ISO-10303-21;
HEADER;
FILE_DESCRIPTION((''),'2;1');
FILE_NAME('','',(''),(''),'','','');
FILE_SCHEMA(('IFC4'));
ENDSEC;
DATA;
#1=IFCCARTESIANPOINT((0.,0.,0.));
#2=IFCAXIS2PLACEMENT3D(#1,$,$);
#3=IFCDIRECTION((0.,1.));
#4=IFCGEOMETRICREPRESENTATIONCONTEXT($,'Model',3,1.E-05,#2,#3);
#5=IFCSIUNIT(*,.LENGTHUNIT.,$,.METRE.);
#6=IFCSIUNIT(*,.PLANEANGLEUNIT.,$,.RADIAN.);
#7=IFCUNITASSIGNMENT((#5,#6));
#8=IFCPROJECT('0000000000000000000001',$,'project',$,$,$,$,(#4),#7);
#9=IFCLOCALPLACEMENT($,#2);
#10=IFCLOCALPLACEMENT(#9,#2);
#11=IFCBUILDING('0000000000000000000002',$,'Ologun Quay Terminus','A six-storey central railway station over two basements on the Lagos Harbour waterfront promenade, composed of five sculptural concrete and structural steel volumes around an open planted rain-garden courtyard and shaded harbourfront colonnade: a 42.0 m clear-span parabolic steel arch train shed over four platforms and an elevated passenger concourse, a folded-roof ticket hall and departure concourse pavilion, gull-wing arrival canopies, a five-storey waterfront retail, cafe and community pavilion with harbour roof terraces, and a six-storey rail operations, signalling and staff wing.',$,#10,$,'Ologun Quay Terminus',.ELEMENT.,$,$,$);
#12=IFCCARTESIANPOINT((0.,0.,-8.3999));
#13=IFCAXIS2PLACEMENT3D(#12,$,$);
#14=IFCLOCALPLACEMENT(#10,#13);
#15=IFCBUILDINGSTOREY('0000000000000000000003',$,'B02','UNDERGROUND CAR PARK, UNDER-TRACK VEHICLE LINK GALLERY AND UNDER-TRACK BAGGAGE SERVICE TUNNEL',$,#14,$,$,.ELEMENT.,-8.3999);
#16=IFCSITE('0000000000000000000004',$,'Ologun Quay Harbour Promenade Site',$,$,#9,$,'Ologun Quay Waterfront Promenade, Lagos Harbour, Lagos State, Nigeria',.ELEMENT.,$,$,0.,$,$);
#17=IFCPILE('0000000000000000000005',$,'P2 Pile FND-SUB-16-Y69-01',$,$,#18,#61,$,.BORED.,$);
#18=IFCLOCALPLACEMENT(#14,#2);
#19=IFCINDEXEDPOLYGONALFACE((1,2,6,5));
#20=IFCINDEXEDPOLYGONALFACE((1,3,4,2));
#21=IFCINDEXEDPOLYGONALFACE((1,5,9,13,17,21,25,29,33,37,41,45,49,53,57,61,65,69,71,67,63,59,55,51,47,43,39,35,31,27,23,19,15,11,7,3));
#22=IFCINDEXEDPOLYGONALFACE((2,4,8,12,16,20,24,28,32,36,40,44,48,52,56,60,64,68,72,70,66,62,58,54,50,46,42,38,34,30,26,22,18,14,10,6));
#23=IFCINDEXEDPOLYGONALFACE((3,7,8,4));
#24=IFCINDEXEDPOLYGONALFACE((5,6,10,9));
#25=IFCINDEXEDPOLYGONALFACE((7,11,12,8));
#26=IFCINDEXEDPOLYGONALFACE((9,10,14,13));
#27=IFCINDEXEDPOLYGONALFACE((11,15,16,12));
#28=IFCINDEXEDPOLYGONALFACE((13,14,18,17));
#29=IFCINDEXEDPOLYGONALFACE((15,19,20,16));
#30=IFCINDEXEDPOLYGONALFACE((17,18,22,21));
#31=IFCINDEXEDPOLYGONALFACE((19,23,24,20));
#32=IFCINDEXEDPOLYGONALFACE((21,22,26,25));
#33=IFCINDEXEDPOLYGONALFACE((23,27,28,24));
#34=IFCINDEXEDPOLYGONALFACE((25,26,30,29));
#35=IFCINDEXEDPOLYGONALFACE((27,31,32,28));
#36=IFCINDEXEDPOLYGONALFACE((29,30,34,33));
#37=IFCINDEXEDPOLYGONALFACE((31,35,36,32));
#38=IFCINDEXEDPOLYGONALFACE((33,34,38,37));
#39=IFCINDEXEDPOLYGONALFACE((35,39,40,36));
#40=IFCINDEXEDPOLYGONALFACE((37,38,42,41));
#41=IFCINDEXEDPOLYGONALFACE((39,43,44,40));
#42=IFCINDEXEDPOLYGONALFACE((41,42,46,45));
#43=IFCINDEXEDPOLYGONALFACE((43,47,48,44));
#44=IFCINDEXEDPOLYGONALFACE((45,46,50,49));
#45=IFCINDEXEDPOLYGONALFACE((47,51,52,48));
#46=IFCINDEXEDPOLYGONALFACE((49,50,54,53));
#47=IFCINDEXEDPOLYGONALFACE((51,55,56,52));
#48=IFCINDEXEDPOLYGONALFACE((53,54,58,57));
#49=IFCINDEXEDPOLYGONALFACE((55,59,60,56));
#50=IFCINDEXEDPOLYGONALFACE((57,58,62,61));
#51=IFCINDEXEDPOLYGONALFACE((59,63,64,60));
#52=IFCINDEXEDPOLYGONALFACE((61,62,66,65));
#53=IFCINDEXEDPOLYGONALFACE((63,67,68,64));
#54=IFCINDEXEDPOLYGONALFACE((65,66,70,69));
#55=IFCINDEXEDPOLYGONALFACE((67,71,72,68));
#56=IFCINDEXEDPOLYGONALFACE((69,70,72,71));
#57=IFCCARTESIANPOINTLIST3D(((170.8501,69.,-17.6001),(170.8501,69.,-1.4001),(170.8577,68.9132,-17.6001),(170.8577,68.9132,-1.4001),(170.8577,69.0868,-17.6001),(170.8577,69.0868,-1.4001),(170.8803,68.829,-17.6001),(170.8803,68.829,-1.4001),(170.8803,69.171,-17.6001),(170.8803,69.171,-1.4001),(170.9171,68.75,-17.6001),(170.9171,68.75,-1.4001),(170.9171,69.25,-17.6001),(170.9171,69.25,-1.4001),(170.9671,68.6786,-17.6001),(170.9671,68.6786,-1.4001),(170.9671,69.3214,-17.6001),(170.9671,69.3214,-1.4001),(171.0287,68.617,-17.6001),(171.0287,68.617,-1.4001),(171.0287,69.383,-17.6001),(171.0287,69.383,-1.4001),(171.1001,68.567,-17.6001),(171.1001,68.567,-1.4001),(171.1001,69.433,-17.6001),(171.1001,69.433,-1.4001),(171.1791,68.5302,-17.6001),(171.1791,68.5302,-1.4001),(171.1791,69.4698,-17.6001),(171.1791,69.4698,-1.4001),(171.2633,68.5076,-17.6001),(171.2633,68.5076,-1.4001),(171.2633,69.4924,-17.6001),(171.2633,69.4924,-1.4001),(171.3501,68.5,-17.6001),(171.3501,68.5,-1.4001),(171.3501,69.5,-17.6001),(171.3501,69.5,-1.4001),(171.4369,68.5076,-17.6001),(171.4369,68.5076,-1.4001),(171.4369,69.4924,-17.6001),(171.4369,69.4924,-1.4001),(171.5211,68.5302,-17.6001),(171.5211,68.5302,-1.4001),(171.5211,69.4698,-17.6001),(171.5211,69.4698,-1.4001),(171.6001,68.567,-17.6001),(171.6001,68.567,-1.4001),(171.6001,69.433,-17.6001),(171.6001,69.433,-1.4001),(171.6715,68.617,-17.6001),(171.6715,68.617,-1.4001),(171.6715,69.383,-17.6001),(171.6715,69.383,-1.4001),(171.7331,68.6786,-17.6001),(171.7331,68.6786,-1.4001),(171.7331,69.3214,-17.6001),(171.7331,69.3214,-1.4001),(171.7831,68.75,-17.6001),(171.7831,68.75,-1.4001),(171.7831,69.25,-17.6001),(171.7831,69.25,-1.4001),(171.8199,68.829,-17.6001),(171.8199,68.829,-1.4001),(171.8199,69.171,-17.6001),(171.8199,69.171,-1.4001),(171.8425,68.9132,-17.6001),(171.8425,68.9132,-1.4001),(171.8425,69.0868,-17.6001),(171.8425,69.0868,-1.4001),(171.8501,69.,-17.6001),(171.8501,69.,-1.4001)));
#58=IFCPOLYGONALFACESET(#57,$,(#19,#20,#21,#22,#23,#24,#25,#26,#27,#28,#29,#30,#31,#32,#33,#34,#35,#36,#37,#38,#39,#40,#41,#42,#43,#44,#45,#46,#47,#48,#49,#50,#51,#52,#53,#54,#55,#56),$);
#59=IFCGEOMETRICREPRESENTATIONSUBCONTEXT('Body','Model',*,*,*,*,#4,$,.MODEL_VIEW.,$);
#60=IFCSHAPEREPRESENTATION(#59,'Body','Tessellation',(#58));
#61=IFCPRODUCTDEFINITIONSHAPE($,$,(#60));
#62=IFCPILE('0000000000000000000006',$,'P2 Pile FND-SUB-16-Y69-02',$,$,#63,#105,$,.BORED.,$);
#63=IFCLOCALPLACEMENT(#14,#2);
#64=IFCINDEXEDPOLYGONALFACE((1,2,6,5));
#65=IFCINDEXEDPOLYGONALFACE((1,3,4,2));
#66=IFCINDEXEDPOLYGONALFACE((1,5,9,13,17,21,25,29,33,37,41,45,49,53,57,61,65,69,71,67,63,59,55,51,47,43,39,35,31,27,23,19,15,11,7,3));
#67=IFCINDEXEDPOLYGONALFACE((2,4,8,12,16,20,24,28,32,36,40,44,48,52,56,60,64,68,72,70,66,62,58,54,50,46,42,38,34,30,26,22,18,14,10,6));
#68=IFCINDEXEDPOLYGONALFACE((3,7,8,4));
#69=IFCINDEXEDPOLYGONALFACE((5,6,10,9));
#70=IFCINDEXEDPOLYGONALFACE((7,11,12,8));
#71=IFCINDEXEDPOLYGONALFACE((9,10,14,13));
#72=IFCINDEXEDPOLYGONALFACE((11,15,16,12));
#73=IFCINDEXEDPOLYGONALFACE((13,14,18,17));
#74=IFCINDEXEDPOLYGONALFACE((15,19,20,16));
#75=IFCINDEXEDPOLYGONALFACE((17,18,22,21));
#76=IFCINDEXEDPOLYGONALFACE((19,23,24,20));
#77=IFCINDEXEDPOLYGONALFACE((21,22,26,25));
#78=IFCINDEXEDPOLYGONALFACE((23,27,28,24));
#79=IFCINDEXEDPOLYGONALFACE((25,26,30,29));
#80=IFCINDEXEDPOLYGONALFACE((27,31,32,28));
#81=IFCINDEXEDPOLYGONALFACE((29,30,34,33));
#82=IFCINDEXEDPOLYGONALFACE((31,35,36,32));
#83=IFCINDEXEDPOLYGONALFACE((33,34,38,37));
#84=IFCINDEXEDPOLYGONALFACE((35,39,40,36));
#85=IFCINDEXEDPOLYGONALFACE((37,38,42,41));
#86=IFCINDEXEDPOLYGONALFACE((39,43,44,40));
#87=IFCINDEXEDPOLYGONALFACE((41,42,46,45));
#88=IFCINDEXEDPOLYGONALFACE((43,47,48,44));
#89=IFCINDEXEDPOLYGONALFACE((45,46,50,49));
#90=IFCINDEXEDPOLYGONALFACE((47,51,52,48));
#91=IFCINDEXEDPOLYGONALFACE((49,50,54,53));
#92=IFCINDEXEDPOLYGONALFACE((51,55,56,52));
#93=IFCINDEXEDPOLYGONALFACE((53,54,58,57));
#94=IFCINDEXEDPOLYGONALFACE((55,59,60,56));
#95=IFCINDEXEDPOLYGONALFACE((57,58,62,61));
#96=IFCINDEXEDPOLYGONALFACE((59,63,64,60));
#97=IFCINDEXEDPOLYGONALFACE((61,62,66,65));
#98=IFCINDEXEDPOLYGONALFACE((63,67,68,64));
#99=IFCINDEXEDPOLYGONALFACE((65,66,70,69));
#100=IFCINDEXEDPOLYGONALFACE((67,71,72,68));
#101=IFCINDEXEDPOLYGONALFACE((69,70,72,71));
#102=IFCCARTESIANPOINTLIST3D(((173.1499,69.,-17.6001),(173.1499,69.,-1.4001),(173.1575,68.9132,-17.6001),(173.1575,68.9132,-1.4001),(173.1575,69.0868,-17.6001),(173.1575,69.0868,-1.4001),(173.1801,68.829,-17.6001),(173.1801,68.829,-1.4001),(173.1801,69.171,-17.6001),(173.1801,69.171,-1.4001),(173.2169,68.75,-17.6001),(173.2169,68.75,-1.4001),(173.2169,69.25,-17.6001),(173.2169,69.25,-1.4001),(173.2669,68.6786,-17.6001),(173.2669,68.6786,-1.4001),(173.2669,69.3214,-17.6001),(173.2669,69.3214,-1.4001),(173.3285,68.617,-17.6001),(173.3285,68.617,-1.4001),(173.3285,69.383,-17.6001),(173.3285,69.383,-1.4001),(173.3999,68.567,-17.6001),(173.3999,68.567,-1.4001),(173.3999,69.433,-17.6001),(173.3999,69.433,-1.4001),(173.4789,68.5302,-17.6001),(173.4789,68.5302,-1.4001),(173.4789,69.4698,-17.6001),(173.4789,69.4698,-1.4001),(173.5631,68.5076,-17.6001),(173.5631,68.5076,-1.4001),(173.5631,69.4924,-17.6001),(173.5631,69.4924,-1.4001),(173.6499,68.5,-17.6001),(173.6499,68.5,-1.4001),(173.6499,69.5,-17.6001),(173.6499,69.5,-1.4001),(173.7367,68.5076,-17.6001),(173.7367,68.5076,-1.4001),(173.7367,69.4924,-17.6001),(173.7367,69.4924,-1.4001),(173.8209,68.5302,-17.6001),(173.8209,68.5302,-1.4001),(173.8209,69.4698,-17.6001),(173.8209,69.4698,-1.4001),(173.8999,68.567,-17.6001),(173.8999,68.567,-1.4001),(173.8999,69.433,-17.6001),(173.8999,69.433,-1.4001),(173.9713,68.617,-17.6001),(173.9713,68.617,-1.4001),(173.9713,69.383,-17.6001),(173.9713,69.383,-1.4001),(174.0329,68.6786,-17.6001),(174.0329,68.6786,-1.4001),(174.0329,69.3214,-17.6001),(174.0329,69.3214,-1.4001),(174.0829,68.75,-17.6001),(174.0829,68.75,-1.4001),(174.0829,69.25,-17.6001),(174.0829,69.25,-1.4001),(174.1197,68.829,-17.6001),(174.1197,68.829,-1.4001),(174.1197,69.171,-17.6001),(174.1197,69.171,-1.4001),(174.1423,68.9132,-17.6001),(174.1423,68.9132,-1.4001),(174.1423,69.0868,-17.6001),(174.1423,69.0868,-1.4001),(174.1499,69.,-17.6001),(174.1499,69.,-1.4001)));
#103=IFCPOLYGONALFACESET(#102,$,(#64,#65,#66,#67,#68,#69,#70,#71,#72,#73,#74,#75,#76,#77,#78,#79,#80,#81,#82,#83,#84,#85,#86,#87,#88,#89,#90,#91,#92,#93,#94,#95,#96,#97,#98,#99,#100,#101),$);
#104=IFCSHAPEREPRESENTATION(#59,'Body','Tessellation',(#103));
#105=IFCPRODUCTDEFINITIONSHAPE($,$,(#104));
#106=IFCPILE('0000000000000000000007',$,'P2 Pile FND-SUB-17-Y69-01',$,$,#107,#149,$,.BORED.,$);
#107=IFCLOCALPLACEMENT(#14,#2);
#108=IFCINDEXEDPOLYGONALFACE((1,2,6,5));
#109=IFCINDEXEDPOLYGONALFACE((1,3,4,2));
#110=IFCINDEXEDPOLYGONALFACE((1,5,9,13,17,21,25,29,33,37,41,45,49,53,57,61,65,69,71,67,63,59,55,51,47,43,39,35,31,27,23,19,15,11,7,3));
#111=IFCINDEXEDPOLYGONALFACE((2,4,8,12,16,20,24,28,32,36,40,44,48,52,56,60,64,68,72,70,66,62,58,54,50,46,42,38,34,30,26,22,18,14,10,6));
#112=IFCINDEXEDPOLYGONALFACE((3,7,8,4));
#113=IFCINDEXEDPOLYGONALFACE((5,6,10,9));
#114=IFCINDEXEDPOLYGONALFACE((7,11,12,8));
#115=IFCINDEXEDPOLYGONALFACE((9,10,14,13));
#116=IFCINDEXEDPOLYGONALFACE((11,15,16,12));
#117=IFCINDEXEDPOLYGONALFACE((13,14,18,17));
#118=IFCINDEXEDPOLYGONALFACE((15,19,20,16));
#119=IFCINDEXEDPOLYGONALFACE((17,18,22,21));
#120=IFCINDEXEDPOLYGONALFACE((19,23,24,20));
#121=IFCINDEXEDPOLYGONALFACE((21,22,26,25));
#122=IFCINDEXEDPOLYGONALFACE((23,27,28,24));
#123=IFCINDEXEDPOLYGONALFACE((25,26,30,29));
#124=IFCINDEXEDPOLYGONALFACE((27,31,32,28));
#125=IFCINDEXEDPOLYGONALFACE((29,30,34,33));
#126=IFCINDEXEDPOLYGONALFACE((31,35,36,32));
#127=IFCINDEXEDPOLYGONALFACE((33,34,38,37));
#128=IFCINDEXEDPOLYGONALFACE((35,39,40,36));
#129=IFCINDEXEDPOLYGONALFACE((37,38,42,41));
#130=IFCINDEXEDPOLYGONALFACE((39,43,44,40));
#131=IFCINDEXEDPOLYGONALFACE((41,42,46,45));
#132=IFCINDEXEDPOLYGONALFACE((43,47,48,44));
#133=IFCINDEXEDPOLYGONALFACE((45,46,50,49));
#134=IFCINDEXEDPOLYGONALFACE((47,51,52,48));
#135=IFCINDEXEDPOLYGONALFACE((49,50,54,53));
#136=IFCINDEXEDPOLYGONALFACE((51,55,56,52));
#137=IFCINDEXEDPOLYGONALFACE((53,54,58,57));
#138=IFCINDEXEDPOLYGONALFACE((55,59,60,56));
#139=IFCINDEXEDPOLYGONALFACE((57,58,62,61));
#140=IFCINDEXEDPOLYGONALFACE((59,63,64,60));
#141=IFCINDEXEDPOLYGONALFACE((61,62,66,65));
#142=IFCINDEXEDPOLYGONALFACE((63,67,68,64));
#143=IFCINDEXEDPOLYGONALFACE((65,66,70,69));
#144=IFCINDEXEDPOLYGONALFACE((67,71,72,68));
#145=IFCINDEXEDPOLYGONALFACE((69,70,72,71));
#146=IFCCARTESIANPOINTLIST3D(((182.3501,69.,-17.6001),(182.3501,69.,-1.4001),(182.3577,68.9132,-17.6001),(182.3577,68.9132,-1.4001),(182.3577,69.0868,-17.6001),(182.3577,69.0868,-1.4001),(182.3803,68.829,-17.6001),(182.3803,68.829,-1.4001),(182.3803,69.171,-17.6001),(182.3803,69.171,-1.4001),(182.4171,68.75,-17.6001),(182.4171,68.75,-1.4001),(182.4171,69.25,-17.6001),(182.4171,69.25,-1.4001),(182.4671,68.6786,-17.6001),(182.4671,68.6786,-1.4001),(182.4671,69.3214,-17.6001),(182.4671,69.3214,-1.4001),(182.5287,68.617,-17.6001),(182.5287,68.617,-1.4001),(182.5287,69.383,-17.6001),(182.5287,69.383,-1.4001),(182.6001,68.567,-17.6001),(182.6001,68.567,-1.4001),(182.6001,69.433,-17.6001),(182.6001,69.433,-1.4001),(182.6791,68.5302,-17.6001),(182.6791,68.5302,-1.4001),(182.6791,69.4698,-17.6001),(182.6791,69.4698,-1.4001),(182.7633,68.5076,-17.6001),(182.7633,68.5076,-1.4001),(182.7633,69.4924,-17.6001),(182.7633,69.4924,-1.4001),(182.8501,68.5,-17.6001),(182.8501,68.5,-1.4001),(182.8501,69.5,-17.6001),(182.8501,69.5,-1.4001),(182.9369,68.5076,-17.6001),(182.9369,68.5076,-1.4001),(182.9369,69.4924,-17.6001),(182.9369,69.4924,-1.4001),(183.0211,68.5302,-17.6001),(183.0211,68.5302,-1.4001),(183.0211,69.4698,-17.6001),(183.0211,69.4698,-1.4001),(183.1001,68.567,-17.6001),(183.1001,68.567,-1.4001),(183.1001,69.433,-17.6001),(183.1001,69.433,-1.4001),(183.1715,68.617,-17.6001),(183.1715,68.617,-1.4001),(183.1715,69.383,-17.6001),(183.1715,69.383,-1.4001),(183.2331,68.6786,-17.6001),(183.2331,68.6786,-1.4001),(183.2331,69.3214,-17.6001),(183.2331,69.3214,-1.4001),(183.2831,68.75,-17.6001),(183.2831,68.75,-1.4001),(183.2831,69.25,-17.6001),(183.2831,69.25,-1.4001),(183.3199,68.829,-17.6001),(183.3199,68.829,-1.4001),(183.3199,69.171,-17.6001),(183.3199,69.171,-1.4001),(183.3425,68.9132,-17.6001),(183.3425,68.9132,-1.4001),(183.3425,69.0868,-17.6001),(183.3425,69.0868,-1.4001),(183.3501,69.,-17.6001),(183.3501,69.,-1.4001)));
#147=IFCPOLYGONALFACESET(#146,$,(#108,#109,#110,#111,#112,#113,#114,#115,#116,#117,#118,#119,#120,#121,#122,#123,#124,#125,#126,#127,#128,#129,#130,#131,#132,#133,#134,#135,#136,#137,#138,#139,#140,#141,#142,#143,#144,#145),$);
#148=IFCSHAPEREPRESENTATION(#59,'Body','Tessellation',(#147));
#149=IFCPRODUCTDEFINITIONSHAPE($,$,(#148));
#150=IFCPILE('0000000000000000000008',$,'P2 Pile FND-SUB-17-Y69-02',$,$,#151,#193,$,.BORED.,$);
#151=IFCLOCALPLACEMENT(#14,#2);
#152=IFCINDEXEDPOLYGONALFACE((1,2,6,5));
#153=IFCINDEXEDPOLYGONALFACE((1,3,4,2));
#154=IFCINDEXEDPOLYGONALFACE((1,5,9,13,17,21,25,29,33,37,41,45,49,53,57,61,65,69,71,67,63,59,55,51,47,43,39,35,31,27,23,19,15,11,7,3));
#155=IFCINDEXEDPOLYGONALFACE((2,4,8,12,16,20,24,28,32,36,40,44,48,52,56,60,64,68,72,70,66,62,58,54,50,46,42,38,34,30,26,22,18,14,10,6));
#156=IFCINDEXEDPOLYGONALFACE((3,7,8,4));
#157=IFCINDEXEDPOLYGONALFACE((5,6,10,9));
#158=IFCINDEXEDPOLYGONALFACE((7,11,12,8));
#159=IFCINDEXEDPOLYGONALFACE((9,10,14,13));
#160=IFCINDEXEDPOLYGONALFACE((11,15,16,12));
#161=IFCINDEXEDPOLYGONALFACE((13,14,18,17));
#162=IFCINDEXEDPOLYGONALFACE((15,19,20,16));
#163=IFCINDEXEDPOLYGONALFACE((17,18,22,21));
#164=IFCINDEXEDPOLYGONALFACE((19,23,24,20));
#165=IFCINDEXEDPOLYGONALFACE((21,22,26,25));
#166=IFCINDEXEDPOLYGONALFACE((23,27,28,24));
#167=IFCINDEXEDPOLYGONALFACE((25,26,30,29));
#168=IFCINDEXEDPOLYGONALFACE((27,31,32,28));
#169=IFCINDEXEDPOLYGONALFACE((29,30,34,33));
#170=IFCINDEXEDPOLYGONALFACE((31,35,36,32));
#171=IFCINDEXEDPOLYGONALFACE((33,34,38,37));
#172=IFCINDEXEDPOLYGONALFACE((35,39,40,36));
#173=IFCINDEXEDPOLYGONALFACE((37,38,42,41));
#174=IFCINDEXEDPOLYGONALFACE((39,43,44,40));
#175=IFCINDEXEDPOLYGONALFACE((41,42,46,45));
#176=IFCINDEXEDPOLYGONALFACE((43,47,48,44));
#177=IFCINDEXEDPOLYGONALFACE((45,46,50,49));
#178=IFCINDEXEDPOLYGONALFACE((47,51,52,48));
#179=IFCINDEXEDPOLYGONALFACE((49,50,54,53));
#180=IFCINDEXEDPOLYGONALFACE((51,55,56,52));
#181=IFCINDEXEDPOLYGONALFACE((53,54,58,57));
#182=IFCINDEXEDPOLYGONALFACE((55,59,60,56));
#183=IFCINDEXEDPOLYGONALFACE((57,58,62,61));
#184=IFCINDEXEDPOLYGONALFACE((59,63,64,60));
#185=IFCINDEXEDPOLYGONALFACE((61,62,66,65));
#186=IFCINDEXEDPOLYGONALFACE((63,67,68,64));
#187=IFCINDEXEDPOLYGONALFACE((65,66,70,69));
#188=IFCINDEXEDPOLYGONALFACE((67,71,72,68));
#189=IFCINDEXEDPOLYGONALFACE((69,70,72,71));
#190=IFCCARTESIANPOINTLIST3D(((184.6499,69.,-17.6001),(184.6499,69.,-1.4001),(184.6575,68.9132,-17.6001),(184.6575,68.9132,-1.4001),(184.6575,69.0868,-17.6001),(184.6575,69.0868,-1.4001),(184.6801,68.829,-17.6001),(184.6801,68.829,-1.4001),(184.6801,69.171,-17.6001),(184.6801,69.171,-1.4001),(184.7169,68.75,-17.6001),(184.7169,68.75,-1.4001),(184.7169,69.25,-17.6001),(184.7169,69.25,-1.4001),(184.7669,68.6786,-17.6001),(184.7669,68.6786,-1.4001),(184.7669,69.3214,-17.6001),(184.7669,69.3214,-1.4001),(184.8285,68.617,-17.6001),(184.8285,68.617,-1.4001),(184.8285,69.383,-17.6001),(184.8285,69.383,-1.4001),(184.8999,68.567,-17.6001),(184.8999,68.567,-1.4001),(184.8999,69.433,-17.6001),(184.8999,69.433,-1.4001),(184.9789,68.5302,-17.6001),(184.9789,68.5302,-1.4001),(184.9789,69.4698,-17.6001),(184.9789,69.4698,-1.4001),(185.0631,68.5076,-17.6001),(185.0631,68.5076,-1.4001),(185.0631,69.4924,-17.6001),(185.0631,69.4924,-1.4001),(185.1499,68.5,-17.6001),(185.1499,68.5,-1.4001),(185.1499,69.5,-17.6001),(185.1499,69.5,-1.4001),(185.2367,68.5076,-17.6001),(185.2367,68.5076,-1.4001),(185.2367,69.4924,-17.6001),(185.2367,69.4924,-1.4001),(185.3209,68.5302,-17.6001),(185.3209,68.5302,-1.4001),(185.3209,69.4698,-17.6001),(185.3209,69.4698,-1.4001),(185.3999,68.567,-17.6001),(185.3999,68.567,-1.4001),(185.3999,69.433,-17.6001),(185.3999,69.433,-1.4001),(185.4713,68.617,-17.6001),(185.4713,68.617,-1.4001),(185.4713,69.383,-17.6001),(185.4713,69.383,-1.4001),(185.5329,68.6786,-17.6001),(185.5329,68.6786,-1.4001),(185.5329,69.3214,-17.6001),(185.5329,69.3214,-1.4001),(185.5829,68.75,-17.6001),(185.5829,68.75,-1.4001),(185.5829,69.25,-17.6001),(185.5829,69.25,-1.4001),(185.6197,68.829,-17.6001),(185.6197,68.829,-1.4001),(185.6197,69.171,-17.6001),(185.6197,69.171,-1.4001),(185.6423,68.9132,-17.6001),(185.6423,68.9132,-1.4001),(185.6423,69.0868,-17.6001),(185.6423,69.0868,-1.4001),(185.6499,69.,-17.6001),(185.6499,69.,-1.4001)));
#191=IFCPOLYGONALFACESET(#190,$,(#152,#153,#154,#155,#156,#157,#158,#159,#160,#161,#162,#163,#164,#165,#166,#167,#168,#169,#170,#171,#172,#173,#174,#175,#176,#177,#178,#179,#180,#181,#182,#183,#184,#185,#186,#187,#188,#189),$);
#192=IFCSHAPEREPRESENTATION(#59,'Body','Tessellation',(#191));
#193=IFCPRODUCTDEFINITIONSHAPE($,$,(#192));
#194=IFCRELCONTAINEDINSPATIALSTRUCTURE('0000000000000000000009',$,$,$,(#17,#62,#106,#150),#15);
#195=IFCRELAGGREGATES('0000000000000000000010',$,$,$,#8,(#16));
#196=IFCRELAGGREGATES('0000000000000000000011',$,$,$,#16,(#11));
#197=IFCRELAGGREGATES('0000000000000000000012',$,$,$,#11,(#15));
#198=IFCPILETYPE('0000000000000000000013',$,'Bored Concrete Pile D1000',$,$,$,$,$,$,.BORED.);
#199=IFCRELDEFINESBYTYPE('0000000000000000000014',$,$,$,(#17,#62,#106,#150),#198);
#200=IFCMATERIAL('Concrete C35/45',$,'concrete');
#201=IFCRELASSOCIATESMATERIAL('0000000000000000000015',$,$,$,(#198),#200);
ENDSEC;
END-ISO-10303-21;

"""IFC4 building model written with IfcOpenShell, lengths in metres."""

from ifc_helpers import new_model, si_unit, direction, frame, origin, origin_2d, place, context, subcontext, project, spatial, circle, extrude, material, material_profile, profile_set, type_object, element, save


model = new_model("IFC4")

# Units and contexts
model_context = context("Model", 3, precision=1e-05, world=origin(), true_north=direction((0.0, 1.0)))
body_context = subcontext(model_context, "Body", "Model", "MODEL_VIEW")
ifc_project = project(units=[si_unit("LENGTHUNIT", "METRE"), si_unit("PLANEANGLEUNIT", "RADIAN")], contexts=[model_context])

# Site, building, storey
site_placement = place(None, origin())
site = spatial("IfcSite", under=ifc_project, at=site_placement, Name="Ologun Quay Harbour Promenade Site", LongName="Ologun Quay Waterfront Promenade, Lagos Harbour, Lagos State, Nigeria", CompositionType="ELEMENT", RefElevation=0.0)
building_placement = place(site_placement, origin())
building = spatial("IfcBuilding", under=site, at=building_placement, Name="Ologun Quay Terminus", Description="A six-storey central railway station over two basements on the Lagos Harbour waterfront promenade, composed of five sculptural concrete and structural steel volumes around an open planted rain-garden courtyard and shaded harbourfront colonnade: a 42.0 m clear-span parabolic steel arch train shed over four platforms and an elevated passenger concourse, a folded-roof ticket hall and departure concourse pavilion, gull-wing arrival canopies, a five-storey waterfront retail, cafe and community pavilion with harbour roof terraces, and a six-storey rail operations, signalling and staff wing.", LongName="Ologun Quay Terminus", CompositionType="ELEMENT")
storey_placement = place(building_placement, frame((0.0, 0.0, -8.3999)))
storey = spatial("IfcBuildingStorey", under=building, at=storey_placement, Name="B02", Description="UNDERGROUND CAR PARK, UNDER-TRACK VEHICLE LINK GALLERY AND UNDER-TRACK BAGGAGE SERVICE TUNNEL", CompositionType="ELEMENT", Elevation=-8.3999)

# Piles
ifc_material_1 = material(Name="Concrete C35/45", Category="concrete")
ifc_material_profile_1 = material_profile(ifc_material_1, circle(Radius=0.5, at=origin_2d()), Name="PILE D1000")
ifc_profile_set_1 = profile_set([ifc_material_profile_1], Name="Concrete C35/45")
pile_type_1 = type_object("IfcPileType", Name="Bored Concrete Pile D1000", PredefinedType="BORED", material=ifc_profile_set_1)
for number, where, z_axis, x_axis, name in (
    (1, (171.3501, 69.0, -1.4001), (0.0, 0.0, -1.0), (1.0, 0.0, 0.0), "P2 Pile FND-SUB-16-Y69-01"),
    (2, (173.6499, 69.0, -1.4001), (0.0, 0.0, -1.0), (1.0, 0.0, 0.0), "P2 Pile FND-SUB-16-Y69-02"),
    (3, (182.8501, 69.0, -1.4001), (0.0, 0.0, -1.0), (1.0, 0.0, 0.0), "P2 Pile FND-SUB-17-Y69-01"),
    (4, (185.1499, 69.0, -1.4001), (0.0, 0.0, -1.0), (1.0, 0.0, 0.0), "P2 Pile FND-SUB-17-Y69-02"),
):
    element("IfcPile", number, at=place(storey_placement, frame(where, z_axis=z_axis, x_axis=x_axis)), inside=storey, type_object=pile_type_1, Name=name, PredefinedType="BORED", context=body_context, shape_type="SweptSolid", body=[
        extrude(circle(Radius=0.5, at=origin_2d()), origin(), (0.0, 0.0, 1.0), 16.2),
    ])

save(model, "model.ifc")
